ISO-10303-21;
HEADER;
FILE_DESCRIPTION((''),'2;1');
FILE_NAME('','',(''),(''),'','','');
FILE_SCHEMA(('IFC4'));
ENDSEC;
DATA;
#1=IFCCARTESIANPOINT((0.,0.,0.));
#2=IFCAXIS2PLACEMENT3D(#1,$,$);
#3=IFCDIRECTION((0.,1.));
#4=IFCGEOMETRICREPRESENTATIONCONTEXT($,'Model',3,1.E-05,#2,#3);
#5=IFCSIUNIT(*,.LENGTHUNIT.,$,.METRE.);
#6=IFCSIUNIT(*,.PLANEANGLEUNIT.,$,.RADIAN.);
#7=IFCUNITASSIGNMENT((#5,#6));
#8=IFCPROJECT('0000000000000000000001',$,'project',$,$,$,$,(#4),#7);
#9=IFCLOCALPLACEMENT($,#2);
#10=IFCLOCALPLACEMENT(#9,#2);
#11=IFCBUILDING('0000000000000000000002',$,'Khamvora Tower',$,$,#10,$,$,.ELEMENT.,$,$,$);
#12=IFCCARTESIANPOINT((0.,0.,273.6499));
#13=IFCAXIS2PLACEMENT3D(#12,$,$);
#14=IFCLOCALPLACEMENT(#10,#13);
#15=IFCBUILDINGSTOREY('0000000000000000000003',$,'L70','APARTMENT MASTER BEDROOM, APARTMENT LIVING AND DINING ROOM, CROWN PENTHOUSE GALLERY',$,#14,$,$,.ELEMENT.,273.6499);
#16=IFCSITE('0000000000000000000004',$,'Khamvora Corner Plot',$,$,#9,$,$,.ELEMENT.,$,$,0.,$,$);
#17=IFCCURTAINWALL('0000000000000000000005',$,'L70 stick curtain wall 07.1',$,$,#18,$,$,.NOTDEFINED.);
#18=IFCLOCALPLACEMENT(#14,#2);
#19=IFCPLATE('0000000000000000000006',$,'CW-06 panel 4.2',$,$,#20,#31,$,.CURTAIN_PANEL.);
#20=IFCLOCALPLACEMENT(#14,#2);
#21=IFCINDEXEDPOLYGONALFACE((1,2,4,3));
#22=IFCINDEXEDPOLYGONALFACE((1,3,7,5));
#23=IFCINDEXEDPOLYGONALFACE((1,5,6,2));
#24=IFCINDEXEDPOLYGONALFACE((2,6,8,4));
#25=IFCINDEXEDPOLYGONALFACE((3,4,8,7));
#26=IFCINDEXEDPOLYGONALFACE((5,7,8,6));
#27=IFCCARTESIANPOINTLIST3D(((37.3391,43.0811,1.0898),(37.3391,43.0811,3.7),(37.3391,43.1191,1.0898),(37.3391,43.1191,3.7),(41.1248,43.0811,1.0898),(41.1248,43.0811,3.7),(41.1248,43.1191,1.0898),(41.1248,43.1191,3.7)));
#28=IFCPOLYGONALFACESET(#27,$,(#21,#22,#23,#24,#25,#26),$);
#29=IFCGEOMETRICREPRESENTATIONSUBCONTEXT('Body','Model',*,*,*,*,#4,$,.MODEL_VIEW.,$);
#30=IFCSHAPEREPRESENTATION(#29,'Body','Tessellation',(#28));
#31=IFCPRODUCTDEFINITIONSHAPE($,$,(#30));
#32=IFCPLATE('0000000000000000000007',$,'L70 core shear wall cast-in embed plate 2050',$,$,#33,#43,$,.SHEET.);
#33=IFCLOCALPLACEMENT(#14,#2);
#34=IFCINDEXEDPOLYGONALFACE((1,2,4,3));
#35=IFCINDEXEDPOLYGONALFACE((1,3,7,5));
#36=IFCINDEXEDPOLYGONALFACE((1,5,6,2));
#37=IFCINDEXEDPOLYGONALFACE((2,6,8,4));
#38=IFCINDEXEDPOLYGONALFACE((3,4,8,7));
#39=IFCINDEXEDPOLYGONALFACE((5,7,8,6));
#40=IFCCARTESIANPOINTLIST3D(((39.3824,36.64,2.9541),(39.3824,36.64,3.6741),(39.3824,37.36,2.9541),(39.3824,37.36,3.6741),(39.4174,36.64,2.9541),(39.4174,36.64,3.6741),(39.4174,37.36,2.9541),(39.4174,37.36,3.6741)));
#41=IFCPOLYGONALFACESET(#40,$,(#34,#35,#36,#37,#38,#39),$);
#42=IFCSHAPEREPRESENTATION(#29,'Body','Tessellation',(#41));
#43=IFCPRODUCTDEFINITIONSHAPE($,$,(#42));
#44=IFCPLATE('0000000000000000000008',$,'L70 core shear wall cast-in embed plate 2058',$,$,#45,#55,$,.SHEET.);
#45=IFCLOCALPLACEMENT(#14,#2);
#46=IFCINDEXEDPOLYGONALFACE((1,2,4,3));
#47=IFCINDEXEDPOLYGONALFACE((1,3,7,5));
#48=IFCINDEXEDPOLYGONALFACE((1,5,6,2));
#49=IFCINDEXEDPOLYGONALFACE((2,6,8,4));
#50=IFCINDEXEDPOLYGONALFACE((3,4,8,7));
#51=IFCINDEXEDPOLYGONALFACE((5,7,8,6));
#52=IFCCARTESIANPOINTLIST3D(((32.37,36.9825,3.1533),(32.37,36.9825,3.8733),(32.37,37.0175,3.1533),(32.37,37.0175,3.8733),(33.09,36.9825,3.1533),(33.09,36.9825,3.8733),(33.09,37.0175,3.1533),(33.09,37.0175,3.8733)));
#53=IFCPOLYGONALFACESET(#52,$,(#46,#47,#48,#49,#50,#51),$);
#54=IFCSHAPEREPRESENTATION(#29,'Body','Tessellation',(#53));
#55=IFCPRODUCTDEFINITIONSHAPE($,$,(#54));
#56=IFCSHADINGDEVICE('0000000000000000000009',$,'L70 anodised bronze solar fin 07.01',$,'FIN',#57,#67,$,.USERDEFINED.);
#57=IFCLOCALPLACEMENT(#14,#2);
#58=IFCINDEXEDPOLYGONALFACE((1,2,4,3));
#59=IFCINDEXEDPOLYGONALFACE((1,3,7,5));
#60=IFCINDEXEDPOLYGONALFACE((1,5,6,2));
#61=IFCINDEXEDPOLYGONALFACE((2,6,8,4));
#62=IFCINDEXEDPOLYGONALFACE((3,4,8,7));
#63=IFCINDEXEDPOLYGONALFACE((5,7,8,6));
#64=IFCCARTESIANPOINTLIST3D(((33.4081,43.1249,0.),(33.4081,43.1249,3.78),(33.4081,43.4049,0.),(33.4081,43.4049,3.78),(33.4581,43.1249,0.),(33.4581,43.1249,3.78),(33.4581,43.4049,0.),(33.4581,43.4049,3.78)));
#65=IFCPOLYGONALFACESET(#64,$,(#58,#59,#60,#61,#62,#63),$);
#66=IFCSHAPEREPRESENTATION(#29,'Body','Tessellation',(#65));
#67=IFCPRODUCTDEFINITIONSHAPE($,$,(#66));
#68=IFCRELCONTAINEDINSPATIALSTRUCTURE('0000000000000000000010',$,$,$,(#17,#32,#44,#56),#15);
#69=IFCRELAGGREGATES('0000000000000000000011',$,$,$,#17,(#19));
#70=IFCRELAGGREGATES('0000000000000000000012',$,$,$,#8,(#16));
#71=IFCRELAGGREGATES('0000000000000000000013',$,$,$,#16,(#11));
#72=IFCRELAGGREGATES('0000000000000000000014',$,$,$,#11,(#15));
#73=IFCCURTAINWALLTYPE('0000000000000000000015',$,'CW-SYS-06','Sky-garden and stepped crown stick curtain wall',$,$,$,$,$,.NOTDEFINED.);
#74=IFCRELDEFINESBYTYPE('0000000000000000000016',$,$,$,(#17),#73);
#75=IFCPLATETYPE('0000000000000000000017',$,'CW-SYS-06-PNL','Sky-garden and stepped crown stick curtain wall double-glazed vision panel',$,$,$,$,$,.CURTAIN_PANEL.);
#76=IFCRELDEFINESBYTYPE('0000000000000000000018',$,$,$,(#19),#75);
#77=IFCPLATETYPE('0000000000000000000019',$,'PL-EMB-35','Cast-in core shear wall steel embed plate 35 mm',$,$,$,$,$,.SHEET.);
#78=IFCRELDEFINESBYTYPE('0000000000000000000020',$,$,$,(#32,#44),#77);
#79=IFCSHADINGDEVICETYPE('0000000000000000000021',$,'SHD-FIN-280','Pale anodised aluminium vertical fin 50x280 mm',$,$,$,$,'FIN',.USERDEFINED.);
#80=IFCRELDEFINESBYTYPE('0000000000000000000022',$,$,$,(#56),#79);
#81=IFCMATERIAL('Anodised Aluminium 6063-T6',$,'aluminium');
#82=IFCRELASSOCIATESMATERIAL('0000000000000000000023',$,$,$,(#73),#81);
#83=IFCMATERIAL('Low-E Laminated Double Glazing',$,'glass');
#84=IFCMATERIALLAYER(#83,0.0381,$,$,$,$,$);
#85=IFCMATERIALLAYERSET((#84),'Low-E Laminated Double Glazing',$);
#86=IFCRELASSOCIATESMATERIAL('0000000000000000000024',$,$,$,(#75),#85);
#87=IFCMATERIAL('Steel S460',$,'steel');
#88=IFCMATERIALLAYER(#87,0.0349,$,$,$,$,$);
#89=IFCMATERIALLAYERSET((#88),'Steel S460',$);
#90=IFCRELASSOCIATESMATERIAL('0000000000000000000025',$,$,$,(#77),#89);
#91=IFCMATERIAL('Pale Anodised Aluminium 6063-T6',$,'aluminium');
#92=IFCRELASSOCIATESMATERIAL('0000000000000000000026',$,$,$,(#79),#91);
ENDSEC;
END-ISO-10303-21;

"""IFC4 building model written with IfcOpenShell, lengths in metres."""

from ifc_helpers import new_model, si_unit, direction, frame, origin, origin_2d, place, context, subcontext, project, spatial, rectangle, extrude, material, layer, layer_set, type_object, element, aggregate, save


model = new_model("IFC4")

# Units and contexts
model_context = context("Model", 3, precision=1e-05, world=origin(), true_north=direction((0.0, 1.0)))
body_context = subcontext(model_context, "Body", "Model", "MODEL_VIEW")
ifc_project = project(units=[si_unit("LENGTHUNIT", "METRE"), si_unit("PLANEANGLEUNIT", "RADIAN")], contexts=[model_context])

# Site, building, storey
site_placement = place(None, origin())
site = spatial("IfcSite", under=ifc_project, at=site_placement, Name="Khamvora Corner Plot", CompositionType="ELEMENT", RefElevation=0.0)
building_placement = place(site_placement, origin())
building = spatial("IfcBuilding", under=site, at=building_placement, Name="Khamvora Tower", CompositionType="ELEMENT")
storey_placement = place(building_placement, frame((0.0, 0.0, 273.6499)))
storey = spatial("IfcBuildingStorey", under=building, at=storey_placement, Name="L70", Description="APARTMENT MASTER BEDROOM, APARTMENT LIVING AND DINING ROOM, CROWN PENTHOUSE GALLERY", CompositionType="ELEMENT", Elevation=273.6499)

# Shared definitions
ifc_material_1 = material(Name="Steel S460", Category="steel")

# Curtain wall, plate
ifc_material_2 = material(Name="Anodised Aluminium 6063-T6", Category="aluminium")
curtain_wall_type = type_object("IfcCurtainWallType", Name="CW-SYS-06", Description="Sky-garden and stepped crown stick curtain wall", PredefinedType="NOTDEFINED", material=ifc_material_2)
curtain_wall_placement = place(storey_placement, origin())
curtain_wall = element("IfcCurtainWall", 1, at=curtain_wall_placement, inside=storey, type_object=curtain_wall_type, Name="L70 stick curtain wall 07.1", PredefinedType="NOTDEFINED")
ifc_material_3 = material(Name="Low-E Laminated Double Glazing", Category="glass")
ifc_layer_1 = layer(ifc_material_3, 0.0381)
ifc_layer_set_1 = layer_set([ifc_layer_1], Name="Low-E Laminated Double Glazing")
plate_type_1 = type_object("IfcPlateType", Name="CW-SYS-06-PNL", Description="Sky-garden and stepped crown stick curtain wall double-glazed vision panel", PredefinedType="CURTAIN_PANEL", material=ifc_layer_set_1)
plate_1_placement = place(storey_placement, frame((39.2319, 43.1001, 1.0898), z_axis=(0.0, 0.0, 1.0), x_axis=(1.0, 0.0, 0.0)))
plate_1 = element("IfcPlate", 2, at=plate_1_placement, type_object=plate_type_1, Name="CW-06 panel 4.2", PredefinedType="CURTAIN_PANEL", context=body_context, shape_type="SweptSolid", body=[
    extrude(rectangle(XDim=3.7856, YDim=0.0381, at=origin_2d()), origin(), (0.0, 0.0, 1.0), 2.6101),
])
aggregate(curtain_wall, [plate_1])

# Plates
ifc_layer_2 = layer(ifc_material_1, 0.0349)
ifc_layer_set_2 = layer_set([ifc_layer_2], Name="Steel S460")
plate_type_2 = type_object("IfcPlateType", Name="PL-EMB-35", Description="Cast-in core shear wall steel embed plate 35 mm", PredefinedType="SHEET", material=ifc_layer_set_2)
plate_2_placement = place(storey_placement, frame((39.3999, 37.0, 2.9541), z_axis=(0.0, 0.0, 1.0), x_axis=(1.0, 0.0, 0.0)))
element("IfcPlate", 3, at=plate_2_placement, inside=storey, type_object=plate_type_2, Name="L70 core shear wall cast-in embed plate 2050", PredefinedType="SHEET", context=body_context, shape_type="SweptSolid", body=[
    extrude(rectangle(XDim=0.0349, YDim=0.72, at=origin_2d()), origin(), (0.0, 0.0, 1.0), 0.72),
])
plate_3_placement = place(storey_placement, frame((32.73, 37.0, 3.1533), z_axis=(0.0, 0.0, 1.0), x_axis=(1.0, 0.0, 0.0)))
element("IfcPlate", 4, at=plate_3_placement, inside=storey, type_object=plate_type_2, Name="L70 core shear wall cast-in embed plate 2058", PredefinedType="SHEET", context=body_context, shape_type="SweptSolid", body=[
    extrude(rectangle(XDim=0.72, YDim=0.0349, at=origin_2d()), origin(), (0.0, 0.0, 1.0), 0.72),
])

# Shading device
ifc_material_4 = material(Name="Pale Anodised Aluminium 6063-T6", Category="aluminium")
shading_device_type = type_object("IfcShadingDeviceType", Name="SHD-FIN-280", Description="Pale anodised aluminium vertical fin 50x280 mm", ElementType="FIN", PredefinedType="USERDEFINED", material=ifc_material_4)
shading_device_placement = place(storey_placement, frame((33.4331, 43.2649, 0.0), z_axis=(0.0, 0.0, 1.0), x_axis=(1.0, 0.0, 0.0)))
element("IfcShadingDevice", 5, at=shading_device_placement, inside=storey, type_object=shading_device_type, Name="L70 anodised bronze solar fin 07.01", ObjectType="FIN", PredefinedType="USERDEFINED", context=body_context, shape_type="SweptSolid", body=[
    extrude(rectangle(XDim=0.05, YDim=0.28, at=origin_2d()), origin(), (0.0, 0.0, 1.0), 3.78),
])

save(model, "model.ifc")
